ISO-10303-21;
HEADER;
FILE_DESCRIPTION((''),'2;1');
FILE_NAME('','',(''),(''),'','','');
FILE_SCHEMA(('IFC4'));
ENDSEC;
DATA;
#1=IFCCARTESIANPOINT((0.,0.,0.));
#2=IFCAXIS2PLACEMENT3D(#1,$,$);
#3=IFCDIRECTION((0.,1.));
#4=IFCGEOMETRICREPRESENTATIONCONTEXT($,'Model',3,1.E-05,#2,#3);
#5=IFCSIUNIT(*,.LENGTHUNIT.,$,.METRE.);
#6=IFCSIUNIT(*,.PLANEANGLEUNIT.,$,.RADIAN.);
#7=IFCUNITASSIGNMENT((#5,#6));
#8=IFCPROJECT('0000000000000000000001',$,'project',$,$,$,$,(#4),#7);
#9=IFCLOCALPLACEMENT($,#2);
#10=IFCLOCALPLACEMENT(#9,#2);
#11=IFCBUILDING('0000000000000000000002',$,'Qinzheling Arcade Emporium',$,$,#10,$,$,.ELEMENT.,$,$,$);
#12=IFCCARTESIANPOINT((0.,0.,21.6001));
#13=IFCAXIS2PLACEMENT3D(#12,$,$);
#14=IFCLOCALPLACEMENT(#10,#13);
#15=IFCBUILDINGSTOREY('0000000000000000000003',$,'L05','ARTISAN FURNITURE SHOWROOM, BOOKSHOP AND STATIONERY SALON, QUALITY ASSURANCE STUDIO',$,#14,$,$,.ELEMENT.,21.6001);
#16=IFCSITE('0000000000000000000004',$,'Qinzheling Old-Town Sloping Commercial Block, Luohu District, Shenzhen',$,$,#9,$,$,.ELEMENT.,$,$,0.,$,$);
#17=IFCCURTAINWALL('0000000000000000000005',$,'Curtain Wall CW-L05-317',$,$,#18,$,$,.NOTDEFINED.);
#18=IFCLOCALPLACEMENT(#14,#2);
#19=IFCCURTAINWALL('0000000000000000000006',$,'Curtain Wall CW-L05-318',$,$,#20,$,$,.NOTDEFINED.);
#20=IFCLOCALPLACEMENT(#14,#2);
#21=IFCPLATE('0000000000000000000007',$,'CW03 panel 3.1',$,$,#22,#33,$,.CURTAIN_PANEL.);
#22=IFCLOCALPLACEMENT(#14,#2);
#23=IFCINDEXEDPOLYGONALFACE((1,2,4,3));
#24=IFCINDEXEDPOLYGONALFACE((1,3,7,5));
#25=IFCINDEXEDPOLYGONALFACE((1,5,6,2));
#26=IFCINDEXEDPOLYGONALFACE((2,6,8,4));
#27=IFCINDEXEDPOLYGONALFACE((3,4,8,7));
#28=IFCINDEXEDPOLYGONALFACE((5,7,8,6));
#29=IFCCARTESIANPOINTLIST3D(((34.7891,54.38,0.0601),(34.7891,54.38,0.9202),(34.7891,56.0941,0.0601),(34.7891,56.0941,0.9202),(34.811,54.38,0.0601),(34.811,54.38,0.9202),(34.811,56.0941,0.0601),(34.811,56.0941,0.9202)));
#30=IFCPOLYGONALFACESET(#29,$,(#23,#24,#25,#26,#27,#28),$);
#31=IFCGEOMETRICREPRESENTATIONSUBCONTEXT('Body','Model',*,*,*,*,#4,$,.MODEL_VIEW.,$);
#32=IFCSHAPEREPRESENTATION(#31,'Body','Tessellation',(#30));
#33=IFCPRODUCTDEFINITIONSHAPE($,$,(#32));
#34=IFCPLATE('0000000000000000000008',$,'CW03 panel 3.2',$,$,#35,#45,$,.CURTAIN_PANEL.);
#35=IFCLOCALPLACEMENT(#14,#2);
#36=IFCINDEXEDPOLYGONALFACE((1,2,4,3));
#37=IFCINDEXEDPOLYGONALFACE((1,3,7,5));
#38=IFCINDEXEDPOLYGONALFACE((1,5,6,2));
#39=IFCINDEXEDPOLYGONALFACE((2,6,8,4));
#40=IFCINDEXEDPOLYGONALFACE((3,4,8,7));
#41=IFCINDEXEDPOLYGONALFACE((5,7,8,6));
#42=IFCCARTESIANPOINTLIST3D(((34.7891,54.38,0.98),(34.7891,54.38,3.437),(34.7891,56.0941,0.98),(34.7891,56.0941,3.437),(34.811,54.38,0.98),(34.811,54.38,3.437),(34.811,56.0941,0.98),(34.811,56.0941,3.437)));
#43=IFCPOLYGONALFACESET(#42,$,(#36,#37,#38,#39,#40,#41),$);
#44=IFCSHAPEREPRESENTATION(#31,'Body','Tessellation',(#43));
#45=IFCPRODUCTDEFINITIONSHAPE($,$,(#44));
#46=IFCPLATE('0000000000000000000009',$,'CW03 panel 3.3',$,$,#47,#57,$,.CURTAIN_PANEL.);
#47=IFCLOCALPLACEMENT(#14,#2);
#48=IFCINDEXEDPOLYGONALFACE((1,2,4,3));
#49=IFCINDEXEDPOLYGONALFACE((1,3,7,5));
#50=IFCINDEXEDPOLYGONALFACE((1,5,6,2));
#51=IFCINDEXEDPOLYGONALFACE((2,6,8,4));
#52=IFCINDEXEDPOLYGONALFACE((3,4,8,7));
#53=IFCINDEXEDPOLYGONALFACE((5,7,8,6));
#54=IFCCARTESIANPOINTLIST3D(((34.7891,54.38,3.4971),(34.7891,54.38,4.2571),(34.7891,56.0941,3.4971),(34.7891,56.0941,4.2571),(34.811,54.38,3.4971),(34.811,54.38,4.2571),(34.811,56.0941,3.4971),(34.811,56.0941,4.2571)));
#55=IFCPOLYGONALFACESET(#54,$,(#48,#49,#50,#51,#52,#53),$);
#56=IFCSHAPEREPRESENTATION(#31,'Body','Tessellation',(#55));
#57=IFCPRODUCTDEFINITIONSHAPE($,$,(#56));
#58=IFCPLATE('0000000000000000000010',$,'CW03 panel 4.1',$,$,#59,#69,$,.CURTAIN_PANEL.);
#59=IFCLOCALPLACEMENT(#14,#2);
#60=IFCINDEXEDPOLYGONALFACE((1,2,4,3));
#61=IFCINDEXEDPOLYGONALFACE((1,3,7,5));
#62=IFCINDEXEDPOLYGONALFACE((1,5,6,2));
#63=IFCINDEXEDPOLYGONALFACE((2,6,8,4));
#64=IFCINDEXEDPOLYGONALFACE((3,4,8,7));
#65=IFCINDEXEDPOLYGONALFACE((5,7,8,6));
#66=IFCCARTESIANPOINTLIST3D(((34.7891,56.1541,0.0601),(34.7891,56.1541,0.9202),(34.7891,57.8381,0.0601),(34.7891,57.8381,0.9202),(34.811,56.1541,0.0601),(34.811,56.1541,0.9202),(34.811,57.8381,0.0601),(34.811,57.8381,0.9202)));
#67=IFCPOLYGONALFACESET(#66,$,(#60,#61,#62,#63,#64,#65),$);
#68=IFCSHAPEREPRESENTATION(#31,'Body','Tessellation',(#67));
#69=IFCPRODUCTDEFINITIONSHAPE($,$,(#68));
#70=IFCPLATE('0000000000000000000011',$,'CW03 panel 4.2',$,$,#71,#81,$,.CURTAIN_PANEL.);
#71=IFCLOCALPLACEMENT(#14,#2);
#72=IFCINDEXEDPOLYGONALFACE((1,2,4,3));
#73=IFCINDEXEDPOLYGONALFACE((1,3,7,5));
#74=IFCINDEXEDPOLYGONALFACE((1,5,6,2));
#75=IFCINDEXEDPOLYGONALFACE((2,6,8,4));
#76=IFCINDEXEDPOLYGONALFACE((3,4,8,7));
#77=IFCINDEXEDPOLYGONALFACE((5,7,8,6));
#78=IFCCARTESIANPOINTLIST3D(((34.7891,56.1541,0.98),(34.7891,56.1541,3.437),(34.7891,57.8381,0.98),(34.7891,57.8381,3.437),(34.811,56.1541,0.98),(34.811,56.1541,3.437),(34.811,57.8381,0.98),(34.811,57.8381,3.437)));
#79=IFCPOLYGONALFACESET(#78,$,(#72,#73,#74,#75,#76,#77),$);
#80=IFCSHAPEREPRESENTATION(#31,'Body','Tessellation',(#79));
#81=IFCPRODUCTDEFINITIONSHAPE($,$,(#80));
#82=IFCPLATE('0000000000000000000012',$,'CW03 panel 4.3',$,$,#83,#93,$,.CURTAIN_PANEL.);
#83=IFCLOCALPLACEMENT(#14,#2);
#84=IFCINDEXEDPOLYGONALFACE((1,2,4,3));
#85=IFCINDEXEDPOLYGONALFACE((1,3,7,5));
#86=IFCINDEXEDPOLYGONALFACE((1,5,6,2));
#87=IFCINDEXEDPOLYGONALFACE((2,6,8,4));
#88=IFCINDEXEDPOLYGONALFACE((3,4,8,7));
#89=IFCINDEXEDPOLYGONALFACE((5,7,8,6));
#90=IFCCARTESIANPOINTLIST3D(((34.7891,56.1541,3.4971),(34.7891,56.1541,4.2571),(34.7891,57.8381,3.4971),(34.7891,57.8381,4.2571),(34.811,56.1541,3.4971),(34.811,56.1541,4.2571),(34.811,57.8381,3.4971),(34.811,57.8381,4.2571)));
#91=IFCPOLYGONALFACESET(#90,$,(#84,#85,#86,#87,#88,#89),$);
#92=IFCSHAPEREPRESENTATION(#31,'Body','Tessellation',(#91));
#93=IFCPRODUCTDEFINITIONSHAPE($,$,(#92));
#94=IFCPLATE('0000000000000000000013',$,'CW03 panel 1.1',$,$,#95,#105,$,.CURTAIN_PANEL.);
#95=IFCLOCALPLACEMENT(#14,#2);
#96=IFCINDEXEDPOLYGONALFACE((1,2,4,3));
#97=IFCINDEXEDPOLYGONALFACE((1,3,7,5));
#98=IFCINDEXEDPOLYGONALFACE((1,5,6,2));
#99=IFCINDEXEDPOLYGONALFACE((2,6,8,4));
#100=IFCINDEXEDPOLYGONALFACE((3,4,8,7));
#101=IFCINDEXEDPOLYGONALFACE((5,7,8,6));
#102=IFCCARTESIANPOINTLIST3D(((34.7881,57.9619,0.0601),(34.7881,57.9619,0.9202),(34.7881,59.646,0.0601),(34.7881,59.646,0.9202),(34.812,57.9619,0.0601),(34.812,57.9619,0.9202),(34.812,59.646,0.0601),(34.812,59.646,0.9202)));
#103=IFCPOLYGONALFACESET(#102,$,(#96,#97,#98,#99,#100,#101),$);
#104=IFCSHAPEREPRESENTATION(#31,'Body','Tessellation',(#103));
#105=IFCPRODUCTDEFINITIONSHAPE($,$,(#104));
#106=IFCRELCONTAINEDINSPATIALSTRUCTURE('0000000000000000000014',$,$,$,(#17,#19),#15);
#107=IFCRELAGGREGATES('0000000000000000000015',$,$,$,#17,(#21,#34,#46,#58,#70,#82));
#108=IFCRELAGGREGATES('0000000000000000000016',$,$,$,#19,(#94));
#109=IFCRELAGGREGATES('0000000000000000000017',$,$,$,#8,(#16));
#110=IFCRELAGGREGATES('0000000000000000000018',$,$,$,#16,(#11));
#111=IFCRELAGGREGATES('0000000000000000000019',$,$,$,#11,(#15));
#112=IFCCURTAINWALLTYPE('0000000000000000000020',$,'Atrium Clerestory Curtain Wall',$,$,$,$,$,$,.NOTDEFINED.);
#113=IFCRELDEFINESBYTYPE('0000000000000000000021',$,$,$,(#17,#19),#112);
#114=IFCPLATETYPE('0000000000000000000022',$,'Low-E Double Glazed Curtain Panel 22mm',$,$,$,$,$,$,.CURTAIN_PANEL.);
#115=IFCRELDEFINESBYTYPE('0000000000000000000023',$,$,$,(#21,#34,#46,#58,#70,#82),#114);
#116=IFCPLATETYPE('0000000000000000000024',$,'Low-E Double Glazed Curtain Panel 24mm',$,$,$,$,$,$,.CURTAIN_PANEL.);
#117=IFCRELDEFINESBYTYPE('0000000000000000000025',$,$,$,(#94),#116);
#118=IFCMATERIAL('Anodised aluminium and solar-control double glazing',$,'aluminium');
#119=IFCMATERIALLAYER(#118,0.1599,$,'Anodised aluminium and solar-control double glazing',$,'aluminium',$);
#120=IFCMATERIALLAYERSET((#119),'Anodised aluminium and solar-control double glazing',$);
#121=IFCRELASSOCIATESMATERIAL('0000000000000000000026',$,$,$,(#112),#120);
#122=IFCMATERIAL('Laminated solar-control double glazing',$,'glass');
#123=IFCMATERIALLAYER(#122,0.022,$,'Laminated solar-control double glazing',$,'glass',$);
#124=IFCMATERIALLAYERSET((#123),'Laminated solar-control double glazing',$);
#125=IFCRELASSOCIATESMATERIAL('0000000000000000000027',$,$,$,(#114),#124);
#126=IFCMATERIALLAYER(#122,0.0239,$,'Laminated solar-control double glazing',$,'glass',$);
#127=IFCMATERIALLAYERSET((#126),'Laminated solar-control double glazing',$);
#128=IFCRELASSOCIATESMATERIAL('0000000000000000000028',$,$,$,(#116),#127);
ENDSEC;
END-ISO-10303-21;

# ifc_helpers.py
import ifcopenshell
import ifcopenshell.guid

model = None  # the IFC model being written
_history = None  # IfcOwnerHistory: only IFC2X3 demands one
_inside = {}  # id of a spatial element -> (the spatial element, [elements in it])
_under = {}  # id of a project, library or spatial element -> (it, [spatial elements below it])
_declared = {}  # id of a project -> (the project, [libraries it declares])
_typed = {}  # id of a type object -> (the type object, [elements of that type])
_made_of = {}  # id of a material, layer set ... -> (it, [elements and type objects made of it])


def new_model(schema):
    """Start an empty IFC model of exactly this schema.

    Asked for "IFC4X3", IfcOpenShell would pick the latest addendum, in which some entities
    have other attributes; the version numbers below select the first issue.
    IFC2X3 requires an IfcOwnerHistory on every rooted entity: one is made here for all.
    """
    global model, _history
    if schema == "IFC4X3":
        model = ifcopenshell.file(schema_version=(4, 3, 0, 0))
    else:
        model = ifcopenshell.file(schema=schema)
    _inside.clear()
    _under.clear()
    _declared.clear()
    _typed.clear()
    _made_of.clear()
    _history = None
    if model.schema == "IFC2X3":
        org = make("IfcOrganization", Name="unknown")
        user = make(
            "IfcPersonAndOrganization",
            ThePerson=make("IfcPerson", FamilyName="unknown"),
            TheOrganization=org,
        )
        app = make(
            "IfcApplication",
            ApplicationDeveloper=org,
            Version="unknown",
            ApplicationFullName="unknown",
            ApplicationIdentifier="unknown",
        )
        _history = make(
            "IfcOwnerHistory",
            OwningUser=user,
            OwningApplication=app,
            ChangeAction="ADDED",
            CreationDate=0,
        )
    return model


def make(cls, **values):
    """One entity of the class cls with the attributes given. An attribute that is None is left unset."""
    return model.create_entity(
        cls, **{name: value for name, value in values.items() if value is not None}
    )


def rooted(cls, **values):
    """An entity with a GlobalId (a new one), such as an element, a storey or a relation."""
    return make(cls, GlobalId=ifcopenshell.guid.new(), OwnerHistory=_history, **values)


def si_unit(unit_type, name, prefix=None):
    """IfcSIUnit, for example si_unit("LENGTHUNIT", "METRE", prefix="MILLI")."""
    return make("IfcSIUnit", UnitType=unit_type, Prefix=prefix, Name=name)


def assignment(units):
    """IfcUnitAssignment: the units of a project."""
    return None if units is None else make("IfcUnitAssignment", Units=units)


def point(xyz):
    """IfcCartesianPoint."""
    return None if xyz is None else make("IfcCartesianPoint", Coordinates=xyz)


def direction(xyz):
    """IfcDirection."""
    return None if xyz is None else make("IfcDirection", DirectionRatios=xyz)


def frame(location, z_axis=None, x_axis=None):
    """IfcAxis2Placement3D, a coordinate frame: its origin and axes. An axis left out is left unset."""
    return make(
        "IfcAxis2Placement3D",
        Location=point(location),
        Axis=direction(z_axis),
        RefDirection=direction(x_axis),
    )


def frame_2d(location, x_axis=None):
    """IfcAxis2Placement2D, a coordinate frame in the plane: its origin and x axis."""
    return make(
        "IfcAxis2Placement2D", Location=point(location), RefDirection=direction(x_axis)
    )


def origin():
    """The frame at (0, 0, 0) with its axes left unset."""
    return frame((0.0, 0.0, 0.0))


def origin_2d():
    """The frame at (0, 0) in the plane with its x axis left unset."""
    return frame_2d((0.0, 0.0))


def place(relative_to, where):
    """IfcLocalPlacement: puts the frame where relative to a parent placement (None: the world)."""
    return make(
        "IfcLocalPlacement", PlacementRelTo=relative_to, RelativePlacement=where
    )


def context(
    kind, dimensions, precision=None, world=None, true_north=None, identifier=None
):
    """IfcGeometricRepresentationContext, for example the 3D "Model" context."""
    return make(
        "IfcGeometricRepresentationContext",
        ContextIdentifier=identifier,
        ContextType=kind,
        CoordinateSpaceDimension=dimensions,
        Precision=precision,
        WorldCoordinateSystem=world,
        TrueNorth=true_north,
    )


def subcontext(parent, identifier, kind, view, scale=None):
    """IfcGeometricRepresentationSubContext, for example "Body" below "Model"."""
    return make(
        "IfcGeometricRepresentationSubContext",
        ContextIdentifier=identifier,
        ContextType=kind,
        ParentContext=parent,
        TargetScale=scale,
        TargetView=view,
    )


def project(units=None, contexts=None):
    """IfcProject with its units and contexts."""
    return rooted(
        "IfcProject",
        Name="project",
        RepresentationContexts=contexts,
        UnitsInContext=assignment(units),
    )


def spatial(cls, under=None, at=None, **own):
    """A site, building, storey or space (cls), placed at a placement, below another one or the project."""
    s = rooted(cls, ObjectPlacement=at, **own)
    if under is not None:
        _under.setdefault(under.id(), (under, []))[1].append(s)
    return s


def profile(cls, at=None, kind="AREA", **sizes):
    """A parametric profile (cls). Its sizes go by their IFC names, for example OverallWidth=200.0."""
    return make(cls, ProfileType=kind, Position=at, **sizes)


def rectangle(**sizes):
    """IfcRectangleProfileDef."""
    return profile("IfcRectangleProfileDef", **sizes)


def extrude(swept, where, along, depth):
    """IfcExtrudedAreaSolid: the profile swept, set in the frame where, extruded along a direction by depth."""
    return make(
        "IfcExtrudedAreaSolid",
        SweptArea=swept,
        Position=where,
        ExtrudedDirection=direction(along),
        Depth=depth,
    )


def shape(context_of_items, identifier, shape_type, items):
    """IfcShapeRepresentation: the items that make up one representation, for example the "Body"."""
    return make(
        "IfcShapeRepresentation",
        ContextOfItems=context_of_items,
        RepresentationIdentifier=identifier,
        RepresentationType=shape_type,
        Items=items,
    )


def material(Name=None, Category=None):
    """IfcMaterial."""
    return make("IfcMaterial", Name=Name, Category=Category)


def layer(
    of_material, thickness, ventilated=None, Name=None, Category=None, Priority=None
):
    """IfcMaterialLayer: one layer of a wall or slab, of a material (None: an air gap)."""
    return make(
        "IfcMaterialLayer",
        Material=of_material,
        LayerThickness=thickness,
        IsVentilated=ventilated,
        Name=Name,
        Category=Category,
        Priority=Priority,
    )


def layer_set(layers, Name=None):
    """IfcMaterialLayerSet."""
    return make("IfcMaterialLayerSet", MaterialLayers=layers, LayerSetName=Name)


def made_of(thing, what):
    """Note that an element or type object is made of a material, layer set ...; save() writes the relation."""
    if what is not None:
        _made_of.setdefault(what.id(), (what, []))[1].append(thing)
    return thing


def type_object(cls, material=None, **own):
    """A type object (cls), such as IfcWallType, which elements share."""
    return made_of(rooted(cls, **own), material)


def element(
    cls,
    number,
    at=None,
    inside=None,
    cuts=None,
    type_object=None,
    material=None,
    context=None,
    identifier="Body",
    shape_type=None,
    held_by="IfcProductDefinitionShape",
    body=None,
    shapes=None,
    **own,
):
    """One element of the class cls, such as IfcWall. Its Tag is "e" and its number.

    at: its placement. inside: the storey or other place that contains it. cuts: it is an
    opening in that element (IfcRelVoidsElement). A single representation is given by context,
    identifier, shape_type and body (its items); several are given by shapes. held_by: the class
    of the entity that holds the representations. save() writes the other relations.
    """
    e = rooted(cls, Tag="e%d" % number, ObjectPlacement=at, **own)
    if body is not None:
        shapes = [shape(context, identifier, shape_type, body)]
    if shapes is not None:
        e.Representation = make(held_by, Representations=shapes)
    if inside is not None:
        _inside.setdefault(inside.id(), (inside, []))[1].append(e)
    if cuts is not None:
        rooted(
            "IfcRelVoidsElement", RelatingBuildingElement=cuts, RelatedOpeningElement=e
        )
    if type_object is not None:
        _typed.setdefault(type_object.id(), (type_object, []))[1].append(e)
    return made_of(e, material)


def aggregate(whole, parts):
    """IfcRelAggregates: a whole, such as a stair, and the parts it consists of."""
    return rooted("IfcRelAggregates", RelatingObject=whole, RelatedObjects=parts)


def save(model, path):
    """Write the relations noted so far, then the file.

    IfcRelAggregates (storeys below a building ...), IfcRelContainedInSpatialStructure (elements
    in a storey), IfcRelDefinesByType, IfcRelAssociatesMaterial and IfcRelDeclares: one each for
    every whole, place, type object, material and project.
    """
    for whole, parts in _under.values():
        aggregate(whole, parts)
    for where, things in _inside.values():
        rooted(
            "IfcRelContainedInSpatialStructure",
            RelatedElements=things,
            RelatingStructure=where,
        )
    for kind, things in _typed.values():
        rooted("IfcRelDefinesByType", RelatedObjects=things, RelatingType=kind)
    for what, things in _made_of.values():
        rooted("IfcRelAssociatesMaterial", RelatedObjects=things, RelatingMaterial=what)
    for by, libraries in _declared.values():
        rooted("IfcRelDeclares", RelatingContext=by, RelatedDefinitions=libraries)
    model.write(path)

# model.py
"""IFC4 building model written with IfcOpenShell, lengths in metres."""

from ifc_helpers import new_model, si_unit, direction, frame, origin, origin_2d, place, context, subcontext, project, spatial, rectangle, extrude, material, layer, layer_set, type_object, element, aggregate, save


model = new_model("IFC4")

# Units and contexts
model_context = context("Model", 3, precision=1e-05, world=origin(), true_north=direction((0.0, 1.0)))
body_context = subcontext(model_context, "Body", "Model", "MODEL_VIEW")
ifc_project = project(units=[si_unit("LENGTHUNIT", "METRE"), si_unit("PLANEANGLEUNIT", "RADIAN")], contexts=[model_context])

# Site, building, storey
site_placement = place(None, origin())
site = spatial("IfcSite", under=ifc_project, at=site_placement, Name="Qinzheling Old-Town Sloping Commercial Block, Luohu District, Shenzhen", CompositionType="ELEMENT", RefElevation=0.0)
building_placement = place(site_placement, origin())
building = spatial("IfcBuilding", under=site, at=building_placement, Name="Qinzheling Arcade Emporium", CompositionType="ELEMENT")
storey_placement = place(building_placement, frame((0.0, 0.0, 21.6001)))
storey = spatial("IfcBuildingStorey", under=building, at=storey_placement, Name="L05", Description="ARTISAN FURNITURE SHOWROOM, BOOKSHOP AND STATIONERY SALON, QUALITY ASSURANCE STUDIO", CompositionType="ELEMENT", Elevation=21.6001)

# Curtain walls
ifc_material_1 = material(Name="Anodised aluminium and solar-control double glazing", Category="aluminium")
ifc_layer_1 = layer(ifc_material_1, 0.1599, Name="Anodised aluminium and solar-control double glazing", Category="aluminium")
ifc_layer_set_1 = layer_set([ifc_layer_1], Name="Anodised aluminium and solar-control double glazing")
curtain_wall_type = type_object("IfcCurtainWallType", Name="Atrium Clerestory Curtain Wall", PredefinedType="NOTDEFINED", material=ifc_layer_set_1)
curtain_wall_1_placement = place(storey_placement, origin())
curtain_wall_1 = element("IfcCurtainWall", 1, at=curtain_wall_1_placement, inside=storey, type_object=curtain_wall_type, Name="Curtain Wall CW-L05-317", PredefinedType="NOTDEFINED")
curtain_wall_2_placement = place(storey_placement, origin())
curtain_wall_2 = element("IfcCurtainWall", 2, at=curtain_wall_2_placement, inside=storey, type_object=curtain_wall_type, Name="Curtain Wall CW-L05-318", PredefinedType="NOTDEFINED")

# Plates
ifc_material_2 = material(Name="Laminated solar-control double glazing", Category="glass")
ifc_layer_2 = layer(ifc_material_2, 0.022, Name="Laminated solar-control double glazing", Category="glass")
ifc_layer_set_2 = layer_set([ifc_layer_2], Name="Laminated solar-control double glazing")
plate_type_1 = type_object("IfcPlateType", Name="Low-E Double Glazed Curtain Panel 22mm", PredefinedType="CURTAIN_PANEL", material=ifc_layer_set_2)
plate_1_placement = place(storey_placement, frame((34.8, 55.2371, 0.0601), z_axis=(0.0, 0.0, 1.0), x_axis=(0.0, 1.0, 0.0)))
plate_1 = element("IfcPlate", 3, at=plate_1_placement, type_object=plate_type_1, Name="CW03 panel 3.1", PredefinedType="CURTAIN_PANEL", context=body_context, shape_type="SweptSolid", body=[
    extrude(rectangle(XDim=1.7141, YDim=0.022, at=origin_2d()), origin(), (0.0, 0.0, 1.0), 0.8601),
])
plate_2_placement = place(storey_placement, frame((34.8, 55.2371, 0.98), z_axis=(0.0, 0.0, 1.0), x_axis=(0.0, 1.0, 0.0)))
plate_2 = element("IfcPlate", 4, at=plate_2_placement, type_object=plate_type_1, Name="CW03 panel 3.2", PredefinedType="CURTAIN_PANEL", context=body_context, shape_type="SweptSolid", body=[
    extrude(rectangle(XDim=1.7141, YDim=0.022, at=origin_2d()), origin(), (0.0, 0.0, 1.0), 2.457),
])
plate_3_placement = place(storey_placement, frame((34.8, 55.2371, 3.4971), z_axis=(0.0, 0.0, 1.0), x_axis=(0.0, 1.0, 0.0)))
plate_3 = element("IfcPlate", 5, at=plate_3_placement, type_object=plate_type_1, Name="CW03 panel 3.3", PredefinedType="CURTAIN_PANEL", context=body_context, shape_type="SweptSolid", body=[
    extrude(rectangle(XDim=1.7141, YDim=0.022, at=origin_2d()), origin(), (0.0, 0.0, 1.0), 0.76),
])
plate_4_placement = place(storey_placement, frame((34.8, 56.9961, 0.0601), z_axis=(0.0, 0.0, 1.0), x_axis=(0.0, 1.0, 0.0)))
plate_4 = element("IfcPlate", 6, at=plate_4_placement, type_object=plate_type_1, Name="CW03 panel 4.1", PredefinedType="CURTAIN_PANEL", context=body_context, shape_type="SweptSolid", body=[
    extrude(rectangle(XDim=1.6841, YDim=0.022, at=origin_2d()), origin(), (0.0, 0.0, 1.0), 0.8601),
])
plate_5_placement = place(storey_placement, frame((34.8, 56.9961, 0.98), z_axis=(0.0, 0.0, 1.0), x_axis=(0.0, 1.0, 0.0)))
plate_5 = element("IfcPlate", 7, at=plate_5_placement, type_object=plate_type_1, Name="CW03 panel 4.2", PredefinedType="CURTAIN_PANEL", context=body_context, shape_type="SweptSolid", body=[
    extrude(rectangle(XDim=1.6841, YDim=0.022, at=origin_2d()), origin(), (0.0, 0.0, 1.0), 2.457),
])
plate_6_placement = place(storey_placement, frame((34.8, 56.9961, 3.4971), z_axis=(0.0, 0.0, 1.0), x_axis=(0.0, 1.0, 0.0)))
plate_6 = element("IfcPlate", 8, at=plate_6_placement, type_object=plate_type_1, Name="CW03 panel 4.3", PredefinedType="CURTAIN_PANEL", context=body_context, shape_type="SweptSolid", body=[
    extrude(rectangle(XDim=1.6841, YDim=0.022, at=origin_2d()), origin(), (0.0, 0.0, 1.0), 0.76),
])
aggregate(curtain_wall_1, [plate_1, plate_2, plate_3, plate_4, plate_5, plate_6])
ifc_layer_3 = layer(ifc_material_2, 0.0239, Name="Laminated solar-control double glazing", Category="glass")
ifc_layer_set_3 = layer_set([ifc_layer_3], Name="Laminated solar-control double glazing")
plate_type_2 = type_object("IfcPlateType", Name="Low-E Double Glazed Curtain Panel 24mm", PredefinedType="CURTAIN_PANEL", material=ifc_layer_set_3)
plate_7_placement = place(storey_placement, frame((34.8, 58.804, 0.0601), z_axis=(0.0, 0.0, 1.0), x_axis=(0.0, 1.0, 0.0)))
plate_7 = element("IfcPlate", 9, at=plate_7_placement, type_object=plate_type_2, Name="CW03 panel 1.1", PredefinedType="CURTAIN_PANEL", context=body_context, shape_type="SweptSolid", body=[
    extrude(rectangle(XDim=1.6841, YDim=0.0239, at=origin_2d()), origin(), (0.0, 0.0, 1.0), 0.8601),
])
aggregate(curtain_wall_2, [plate_7])

save(model, "model.ifc")
